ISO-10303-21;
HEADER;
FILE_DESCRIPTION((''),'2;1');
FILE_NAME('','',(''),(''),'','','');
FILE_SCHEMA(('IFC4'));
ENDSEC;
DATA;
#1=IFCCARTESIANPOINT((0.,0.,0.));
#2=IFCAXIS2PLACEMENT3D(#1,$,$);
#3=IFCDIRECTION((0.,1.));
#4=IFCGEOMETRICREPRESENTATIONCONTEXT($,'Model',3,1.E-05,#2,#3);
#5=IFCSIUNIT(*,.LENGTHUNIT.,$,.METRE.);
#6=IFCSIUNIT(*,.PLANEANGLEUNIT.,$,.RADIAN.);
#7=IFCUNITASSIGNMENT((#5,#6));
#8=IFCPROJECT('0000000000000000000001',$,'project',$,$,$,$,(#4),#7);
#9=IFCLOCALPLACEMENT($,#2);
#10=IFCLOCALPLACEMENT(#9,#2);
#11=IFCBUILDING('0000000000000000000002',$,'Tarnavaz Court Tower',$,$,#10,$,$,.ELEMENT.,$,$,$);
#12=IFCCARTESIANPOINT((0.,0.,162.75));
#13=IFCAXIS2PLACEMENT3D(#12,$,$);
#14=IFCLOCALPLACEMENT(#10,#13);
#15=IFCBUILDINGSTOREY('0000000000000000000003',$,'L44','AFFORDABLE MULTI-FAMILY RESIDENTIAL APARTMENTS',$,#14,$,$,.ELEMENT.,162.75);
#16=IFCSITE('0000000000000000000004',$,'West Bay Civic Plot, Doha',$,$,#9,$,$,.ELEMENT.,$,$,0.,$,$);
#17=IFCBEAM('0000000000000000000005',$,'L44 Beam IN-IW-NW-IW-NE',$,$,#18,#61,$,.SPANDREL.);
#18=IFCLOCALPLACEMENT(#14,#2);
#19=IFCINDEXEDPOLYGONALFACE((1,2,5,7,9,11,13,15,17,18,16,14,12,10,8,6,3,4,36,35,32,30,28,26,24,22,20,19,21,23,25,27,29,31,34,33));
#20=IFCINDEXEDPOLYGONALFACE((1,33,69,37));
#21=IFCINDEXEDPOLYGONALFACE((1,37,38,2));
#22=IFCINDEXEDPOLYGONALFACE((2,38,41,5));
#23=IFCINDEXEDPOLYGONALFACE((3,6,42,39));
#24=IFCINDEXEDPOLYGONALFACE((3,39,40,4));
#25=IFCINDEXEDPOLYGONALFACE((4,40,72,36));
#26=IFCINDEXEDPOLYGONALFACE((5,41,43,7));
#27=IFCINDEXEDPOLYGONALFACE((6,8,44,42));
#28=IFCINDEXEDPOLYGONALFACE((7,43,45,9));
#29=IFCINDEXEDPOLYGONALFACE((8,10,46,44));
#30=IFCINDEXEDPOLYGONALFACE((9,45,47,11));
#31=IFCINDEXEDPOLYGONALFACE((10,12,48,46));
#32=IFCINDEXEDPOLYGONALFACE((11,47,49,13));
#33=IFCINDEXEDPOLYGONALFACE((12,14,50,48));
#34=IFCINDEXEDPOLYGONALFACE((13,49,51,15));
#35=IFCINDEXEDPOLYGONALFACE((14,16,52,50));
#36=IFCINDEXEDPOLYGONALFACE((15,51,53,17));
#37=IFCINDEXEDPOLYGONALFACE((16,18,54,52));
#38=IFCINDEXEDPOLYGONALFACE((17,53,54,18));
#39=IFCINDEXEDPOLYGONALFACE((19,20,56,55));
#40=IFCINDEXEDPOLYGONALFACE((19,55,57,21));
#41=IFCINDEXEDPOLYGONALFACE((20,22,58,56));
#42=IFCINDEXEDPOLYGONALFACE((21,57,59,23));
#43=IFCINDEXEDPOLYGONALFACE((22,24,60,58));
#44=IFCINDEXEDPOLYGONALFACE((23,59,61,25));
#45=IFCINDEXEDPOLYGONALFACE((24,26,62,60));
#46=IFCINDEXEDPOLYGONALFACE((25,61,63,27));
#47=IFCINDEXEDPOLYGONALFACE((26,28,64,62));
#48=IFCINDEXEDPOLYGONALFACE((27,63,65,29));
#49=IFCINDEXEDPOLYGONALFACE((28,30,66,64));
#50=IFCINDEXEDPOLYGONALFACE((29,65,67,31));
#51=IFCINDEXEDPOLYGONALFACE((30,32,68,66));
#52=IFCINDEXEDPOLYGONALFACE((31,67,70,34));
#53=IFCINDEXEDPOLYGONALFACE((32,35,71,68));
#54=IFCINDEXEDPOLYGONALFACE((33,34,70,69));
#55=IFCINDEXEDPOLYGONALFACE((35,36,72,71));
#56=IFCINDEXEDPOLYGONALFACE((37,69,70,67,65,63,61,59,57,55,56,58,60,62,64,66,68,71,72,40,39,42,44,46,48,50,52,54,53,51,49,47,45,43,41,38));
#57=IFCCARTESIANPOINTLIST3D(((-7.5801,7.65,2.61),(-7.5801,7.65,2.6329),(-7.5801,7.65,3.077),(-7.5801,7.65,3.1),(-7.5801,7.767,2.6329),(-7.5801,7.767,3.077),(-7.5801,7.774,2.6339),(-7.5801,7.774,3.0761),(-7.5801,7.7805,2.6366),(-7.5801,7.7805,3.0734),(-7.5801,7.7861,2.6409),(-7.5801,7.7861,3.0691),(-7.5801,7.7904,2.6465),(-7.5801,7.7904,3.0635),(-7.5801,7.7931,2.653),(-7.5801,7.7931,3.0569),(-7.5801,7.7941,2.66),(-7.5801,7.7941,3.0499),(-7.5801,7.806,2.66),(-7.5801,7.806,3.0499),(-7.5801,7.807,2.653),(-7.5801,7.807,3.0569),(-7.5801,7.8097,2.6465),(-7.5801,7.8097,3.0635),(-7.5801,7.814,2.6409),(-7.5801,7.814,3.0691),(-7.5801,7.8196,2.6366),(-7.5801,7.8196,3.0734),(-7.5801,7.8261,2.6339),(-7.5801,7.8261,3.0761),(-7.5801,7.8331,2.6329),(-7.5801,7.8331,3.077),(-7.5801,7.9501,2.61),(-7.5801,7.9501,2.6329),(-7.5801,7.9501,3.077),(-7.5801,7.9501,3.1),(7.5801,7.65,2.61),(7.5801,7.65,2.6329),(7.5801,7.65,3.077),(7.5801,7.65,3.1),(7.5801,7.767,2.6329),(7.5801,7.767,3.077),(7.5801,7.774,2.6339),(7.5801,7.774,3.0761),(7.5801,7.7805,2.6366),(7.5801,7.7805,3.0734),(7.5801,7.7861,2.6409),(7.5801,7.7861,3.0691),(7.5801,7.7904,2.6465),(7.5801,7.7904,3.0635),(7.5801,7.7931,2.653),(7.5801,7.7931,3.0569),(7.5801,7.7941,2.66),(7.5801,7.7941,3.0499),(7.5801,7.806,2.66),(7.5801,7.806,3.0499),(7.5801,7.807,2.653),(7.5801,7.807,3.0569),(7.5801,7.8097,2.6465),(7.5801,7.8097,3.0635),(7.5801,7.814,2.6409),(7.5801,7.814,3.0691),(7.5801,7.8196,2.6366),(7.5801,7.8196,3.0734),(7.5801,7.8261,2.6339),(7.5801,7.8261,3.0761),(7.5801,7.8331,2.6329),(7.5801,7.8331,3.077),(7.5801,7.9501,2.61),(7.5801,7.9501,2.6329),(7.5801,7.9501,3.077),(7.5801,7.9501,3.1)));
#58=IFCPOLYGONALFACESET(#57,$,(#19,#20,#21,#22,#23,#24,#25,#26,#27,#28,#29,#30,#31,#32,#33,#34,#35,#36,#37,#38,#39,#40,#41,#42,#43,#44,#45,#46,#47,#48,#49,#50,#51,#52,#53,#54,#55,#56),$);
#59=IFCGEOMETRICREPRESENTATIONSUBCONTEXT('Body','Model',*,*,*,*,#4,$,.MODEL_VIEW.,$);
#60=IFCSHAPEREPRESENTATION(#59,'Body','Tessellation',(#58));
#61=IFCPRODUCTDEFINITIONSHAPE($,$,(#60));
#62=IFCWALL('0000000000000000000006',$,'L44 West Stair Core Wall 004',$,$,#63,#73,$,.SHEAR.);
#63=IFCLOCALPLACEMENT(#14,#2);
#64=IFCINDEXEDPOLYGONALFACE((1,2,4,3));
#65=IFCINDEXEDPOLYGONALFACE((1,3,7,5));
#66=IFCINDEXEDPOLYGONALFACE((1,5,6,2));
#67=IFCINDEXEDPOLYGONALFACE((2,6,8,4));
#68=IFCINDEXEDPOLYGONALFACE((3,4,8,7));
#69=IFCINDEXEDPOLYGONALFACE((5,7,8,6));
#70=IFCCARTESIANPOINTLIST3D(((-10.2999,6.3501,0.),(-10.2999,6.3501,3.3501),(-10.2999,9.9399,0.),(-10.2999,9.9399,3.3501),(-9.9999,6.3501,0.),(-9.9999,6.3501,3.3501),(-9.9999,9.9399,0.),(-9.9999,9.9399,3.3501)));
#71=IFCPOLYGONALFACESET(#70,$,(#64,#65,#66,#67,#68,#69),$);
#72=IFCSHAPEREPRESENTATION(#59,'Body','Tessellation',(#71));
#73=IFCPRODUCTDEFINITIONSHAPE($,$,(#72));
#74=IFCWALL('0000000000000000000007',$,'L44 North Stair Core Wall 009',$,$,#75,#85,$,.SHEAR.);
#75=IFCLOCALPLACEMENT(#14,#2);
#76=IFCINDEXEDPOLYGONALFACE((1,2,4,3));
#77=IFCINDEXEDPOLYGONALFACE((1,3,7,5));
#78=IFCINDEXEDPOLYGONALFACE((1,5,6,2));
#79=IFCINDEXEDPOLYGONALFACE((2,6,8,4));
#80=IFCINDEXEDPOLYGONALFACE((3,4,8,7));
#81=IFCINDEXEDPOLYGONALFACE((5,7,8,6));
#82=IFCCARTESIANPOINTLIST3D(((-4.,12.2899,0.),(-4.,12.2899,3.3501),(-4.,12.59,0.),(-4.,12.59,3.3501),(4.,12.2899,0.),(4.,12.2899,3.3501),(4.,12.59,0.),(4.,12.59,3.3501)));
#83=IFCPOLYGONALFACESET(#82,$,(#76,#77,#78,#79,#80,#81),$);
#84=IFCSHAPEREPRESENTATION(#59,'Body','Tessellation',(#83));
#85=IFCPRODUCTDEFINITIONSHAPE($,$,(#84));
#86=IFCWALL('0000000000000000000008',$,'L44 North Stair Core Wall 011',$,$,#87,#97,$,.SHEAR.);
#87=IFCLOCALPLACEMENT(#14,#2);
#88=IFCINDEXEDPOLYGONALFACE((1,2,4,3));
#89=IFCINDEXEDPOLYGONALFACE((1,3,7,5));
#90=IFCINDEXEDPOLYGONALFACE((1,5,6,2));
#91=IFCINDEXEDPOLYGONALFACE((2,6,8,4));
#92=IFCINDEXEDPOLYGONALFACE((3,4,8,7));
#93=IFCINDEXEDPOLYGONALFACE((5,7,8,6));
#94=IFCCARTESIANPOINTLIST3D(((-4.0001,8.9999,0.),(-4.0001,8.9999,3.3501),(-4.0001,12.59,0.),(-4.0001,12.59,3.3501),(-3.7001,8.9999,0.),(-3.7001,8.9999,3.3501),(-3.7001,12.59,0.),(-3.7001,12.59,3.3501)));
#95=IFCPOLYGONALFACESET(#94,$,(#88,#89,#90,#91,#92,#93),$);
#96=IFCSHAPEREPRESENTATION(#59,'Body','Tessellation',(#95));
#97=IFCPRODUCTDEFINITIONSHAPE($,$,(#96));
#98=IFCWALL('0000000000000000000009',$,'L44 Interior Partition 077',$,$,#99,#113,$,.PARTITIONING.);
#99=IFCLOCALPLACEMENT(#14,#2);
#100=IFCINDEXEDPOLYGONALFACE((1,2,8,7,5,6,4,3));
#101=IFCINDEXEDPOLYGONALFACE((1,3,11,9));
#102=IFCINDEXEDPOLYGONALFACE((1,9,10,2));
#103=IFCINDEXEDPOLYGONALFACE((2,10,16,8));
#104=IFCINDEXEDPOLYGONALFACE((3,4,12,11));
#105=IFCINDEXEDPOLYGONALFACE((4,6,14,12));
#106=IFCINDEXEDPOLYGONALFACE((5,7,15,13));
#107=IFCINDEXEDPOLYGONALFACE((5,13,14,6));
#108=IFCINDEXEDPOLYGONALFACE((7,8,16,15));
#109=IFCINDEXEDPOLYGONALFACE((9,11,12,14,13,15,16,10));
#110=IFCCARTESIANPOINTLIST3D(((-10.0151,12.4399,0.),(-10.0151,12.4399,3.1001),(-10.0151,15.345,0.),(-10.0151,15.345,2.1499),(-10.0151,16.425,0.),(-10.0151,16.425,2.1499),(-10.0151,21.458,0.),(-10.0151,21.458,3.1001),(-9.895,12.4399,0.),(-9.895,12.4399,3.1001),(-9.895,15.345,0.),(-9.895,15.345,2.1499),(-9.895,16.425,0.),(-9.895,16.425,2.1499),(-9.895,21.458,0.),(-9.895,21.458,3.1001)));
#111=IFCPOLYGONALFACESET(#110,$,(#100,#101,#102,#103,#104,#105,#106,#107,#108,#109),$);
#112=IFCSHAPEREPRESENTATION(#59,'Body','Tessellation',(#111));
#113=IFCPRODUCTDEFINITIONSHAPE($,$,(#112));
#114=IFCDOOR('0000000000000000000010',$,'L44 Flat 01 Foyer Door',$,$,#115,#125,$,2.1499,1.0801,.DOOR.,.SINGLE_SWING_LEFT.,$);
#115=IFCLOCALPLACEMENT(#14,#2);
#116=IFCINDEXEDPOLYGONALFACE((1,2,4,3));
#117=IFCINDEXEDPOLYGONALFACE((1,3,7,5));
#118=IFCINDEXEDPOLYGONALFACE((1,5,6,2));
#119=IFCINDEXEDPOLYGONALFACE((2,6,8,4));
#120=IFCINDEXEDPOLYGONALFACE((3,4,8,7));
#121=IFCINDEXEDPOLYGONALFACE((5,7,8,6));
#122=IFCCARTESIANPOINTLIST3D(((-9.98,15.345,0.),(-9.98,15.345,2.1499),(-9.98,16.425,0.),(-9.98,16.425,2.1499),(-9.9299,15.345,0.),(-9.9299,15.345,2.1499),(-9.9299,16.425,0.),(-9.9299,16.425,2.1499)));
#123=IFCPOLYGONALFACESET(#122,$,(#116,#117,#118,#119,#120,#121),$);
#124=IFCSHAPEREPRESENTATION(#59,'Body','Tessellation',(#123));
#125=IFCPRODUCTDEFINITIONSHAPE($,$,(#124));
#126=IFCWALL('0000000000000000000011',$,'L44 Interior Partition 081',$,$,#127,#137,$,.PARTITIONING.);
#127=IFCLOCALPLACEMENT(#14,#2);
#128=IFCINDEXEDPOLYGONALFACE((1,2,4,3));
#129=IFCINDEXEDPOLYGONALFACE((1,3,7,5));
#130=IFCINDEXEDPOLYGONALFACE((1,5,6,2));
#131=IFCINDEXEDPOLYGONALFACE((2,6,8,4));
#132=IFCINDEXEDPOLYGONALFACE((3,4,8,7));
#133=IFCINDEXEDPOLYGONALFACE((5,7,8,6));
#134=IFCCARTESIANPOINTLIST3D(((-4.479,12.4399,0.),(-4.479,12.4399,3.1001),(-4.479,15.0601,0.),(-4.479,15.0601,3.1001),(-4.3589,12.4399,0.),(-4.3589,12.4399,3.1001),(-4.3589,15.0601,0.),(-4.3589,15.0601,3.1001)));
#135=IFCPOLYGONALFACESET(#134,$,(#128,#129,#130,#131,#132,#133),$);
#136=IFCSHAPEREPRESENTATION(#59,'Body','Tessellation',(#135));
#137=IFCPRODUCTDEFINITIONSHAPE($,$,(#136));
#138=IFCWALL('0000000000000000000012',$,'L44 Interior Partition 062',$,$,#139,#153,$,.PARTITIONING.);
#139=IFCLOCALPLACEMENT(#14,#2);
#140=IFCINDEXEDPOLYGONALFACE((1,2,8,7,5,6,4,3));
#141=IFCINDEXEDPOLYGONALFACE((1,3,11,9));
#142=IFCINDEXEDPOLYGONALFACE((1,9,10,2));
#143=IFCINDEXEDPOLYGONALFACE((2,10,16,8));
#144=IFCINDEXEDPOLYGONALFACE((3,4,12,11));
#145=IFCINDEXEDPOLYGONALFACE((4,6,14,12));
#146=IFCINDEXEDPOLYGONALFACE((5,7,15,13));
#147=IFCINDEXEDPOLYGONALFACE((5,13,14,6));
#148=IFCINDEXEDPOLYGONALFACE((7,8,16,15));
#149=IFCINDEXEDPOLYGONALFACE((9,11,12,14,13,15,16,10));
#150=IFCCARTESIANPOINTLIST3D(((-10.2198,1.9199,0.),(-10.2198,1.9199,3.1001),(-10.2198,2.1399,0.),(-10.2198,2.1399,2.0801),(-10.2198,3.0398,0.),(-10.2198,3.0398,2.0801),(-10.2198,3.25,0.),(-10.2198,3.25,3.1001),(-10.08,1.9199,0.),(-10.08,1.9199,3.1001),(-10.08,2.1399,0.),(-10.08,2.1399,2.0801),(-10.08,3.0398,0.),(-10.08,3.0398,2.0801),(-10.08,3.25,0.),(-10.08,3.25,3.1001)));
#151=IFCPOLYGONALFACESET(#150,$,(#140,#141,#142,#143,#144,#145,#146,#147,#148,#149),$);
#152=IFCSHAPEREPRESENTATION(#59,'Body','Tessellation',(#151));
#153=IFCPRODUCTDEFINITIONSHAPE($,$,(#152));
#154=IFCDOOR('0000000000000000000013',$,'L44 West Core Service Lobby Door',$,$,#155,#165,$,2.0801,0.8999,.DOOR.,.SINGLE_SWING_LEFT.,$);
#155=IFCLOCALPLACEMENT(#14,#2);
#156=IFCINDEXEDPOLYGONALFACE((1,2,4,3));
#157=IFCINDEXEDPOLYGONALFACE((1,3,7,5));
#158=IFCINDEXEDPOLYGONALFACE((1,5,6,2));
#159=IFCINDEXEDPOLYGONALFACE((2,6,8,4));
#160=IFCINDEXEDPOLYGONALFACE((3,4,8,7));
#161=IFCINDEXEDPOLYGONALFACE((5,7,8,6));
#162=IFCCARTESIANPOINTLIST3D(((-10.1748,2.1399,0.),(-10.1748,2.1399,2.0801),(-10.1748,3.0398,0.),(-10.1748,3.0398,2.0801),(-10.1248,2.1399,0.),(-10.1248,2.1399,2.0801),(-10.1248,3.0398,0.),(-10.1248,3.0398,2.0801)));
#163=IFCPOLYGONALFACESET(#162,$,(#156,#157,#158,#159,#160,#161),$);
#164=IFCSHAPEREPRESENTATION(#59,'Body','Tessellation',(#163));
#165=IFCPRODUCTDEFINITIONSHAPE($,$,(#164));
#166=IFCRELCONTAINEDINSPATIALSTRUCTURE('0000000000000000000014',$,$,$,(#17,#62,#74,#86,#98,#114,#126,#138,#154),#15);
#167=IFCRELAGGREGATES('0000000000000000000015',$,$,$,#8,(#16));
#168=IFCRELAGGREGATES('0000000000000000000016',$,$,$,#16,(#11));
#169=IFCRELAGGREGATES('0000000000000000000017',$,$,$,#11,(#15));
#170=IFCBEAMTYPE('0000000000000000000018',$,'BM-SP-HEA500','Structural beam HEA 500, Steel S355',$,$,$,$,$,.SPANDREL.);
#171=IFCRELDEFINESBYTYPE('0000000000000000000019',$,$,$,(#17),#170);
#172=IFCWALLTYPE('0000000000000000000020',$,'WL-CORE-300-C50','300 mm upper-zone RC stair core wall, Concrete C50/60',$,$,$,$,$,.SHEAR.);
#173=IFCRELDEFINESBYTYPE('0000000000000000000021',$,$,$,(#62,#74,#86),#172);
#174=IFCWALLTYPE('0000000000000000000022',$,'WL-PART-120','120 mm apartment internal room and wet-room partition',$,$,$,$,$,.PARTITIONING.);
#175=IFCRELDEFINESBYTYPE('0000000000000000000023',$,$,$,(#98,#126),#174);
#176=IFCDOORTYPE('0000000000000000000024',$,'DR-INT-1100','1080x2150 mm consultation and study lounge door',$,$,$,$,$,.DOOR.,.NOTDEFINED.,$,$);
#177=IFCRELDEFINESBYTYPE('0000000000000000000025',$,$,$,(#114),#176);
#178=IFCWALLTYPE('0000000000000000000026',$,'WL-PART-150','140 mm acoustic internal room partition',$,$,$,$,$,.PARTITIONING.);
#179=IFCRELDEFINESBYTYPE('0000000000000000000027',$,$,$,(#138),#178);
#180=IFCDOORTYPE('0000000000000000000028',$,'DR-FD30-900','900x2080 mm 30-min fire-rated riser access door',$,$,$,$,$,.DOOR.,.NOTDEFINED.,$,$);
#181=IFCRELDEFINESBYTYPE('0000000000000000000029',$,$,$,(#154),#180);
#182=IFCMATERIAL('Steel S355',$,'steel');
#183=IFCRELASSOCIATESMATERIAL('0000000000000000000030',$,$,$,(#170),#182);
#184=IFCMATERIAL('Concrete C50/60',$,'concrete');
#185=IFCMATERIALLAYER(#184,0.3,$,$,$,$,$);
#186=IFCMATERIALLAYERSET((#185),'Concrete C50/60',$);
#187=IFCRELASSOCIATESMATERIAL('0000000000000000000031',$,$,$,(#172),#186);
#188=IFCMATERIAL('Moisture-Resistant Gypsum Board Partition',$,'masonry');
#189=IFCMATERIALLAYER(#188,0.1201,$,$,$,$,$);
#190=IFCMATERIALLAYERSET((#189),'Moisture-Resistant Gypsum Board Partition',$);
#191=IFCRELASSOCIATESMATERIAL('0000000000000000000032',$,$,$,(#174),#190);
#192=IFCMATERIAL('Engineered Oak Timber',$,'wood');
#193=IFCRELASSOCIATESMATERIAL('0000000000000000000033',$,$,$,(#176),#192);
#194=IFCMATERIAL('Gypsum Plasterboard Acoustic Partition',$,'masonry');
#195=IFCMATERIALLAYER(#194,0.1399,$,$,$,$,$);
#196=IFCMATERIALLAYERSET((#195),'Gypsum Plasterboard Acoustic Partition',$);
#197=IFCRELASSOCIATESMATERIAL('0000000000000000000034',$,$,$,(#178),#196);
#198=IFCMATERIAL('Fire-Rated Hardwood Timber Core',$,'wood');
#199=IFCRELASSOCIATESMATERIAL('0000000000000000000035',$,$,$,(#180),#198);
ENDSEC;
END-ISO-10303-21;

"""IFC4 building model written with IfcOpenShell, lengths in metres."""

from ifc_helpers import new_model, si_unit, direction, frame, frame_2d, origin, origin_2d, place, context, subcontext, project, spatial, rectangle, i_section, extrude, material, layer, layer_set, material_profile, profile_set, type_object, element, fill, save


model = new_model("IFC4")

# Units and contexts
model_context = context("Model", 3, precision=1e-05, world=origin(), true_north=direction((0.0, 1.0)))
body_context = subcontext(model_context, "Body", "Model", "MODEL_VIEW")
ifc_project = project(units=[si_unit("LENGTHUNIT", "METRE"), si_unit("PLANEANGLEUNIT", "RADIAN")], contexts=[model_context])

# Site, building, storey
site_placement = place(None, origin())
site = spatial("IfcSite", under=ifc_project, at=site_placement, Name="West Bay Civic Plot, Doha", CompositionType="ELEMENT", RefElevation=0.0)
building_placement = place(site_placement, origin())
building = spatial("IfcBuilding", under=site, at=building_placement, Name="Tarnavaz Court Tower", CompositionType="ELEMENT")
storey_placement = place(building_placement, frame((0.0, 0.0, 162.75)))
storey = spatial("IfcBuildingStorey", under=building, at=storey_placement, Name="L44", Description="AFFORDABLE MULTI-FAMILY RESIDENTIAL APARTMENTS", CompositionType="ELEMENT", Elevation=162.75)

# Beam
ifc_material_1 = material(Name="Steel S355", Category="steel")
ifc_material_profile_1 = material_profile(ifc_material_1, i_section(OverallWidth=0.3, OverallDepth=0.49, WebThickness=0.012, FlangeThickness=0.0229, FilletRadius=0.0271, at=origin_2d()), Name="HEA 500")
ifc_profile_set_1 = profile_set([ifc_material_profile_1], Name="Steel S355")
beam_type_1 = type_object("IfcBeamType", Name="BM-SP-HEA500", Description="Structural beam HEA 500, Steel S355", PredefinedType="SPANDREL", material=ifc_profile_set_1)
beam_1_placement = place(storey_placement, frame((-7.5801, 7.8, 2.855), z_axis=(1.0, 0.0, 0.0), x_axis=(0.0, 1.0, 0.0)))
element("IfcBeam", 1, at=beam_1_placement, inside=storey, type_object=beam_type_1, Name="L44 Beam IN-IW-NW-IW-NE", PredefinedType="SPANDREL", context=body_context, shape_type="SweptSolid", body=[
    extrude(i_section(OverallWidth=0.3, OverallDepth=0.49, WebThickness=0.012, FlangeThickness=0.0229, FilletRadius=0.0271, at=origin_2d()), origin(), (0.0, 0.0, 1.0), 15.1602),
])

# Walls
ifc_material_2 = material(Name="Concrete C50/60", Category="concrete")
ifc_layer_1 = layer(ifc_material_2, 0.3)
ifc_layer_set_1 = layer_set([ifc_layer_1], Name="Concrete C50/60")
wall_type_1 = type_object("IfcWallType", Name="WL-CORE-300-C50", Description="300 mm upper-zone RC stair core wall, Concrete C50/60", PredefinedType="SHEAR", material=ifc_layer_set_1)
wall_1_placement = place(storey_placement, frame((-10.1499, 6.3501, 0.0), z_axis=(0.0, 0.0, 1.0), x_axis=(0.0, 1.0, 0.0)))
element("IfcWall", 2, at=wall_1_placement, inside=storey, type_object=wall_type_1, Name="L44 West Stair Core Wall 004", PredefinedType="SHEAR", context=body_context, shape_type="SweptSolid", body=[
    extrude(rectangle(XDim=3.5898, YDim=0.3, at=frame_2d((1.7949, 0.0))), origin(), (0.0, 0.0, 1.0), 3.3501),
])
wall_2_placement = place(storey_placement, frame((-4.0, 12.4399, 0.0), z_axis=(0.0, 0.0, 1.0), x_axis=(1.0, 0.0, 0.0)))
element("IfcWall", 3, at=wall_2_placement, inside=storey, type_object=wall_type_1, Name="L44 North Stair Core Wall 009", PredefinedType="SHEAR", context=body_context, shape_type="SweptSolid", body=[
    extrude(rectangle(XDim=8.0, YDim=0.3, at=frame_2d((4.0, 0.0))), origin(), (0.0, 0.0, 1.0), 3.3501),
])

# Shared definitions
ifc_material_3 = material(Name="Fire-Rated Hardwood Timber Core", Category="wood")

# Wall
wall_3_placement = place(storey_placement, frame((-3.8501, 9.0, 0.0), z_axis=(0.0, 0.0, 1.0), x_axis=(0.0, 1.0, 0.0)))
element("IfcWall", 4, at=wall_3_placement, inside=storey, type_object=wall_type_1, Name="L44 North Stair Core Wall 011", PredefinedType="SHEAR", context=body_context, shape_type="SweptSolid", body=[
    extrude(rectangle(XDim=3.5901, YDim=0.3, at=frame_2d((1.7949, 0.0))), origin(), (0.0, 0.0, 1.0), 3.3501),
])

# Wall, opening, door
ifc_material_4 = material(Name="Moisture-Resistant Gypsum Board Partition", Category="masonry")
ifc_layer_2 = layer(ifc_material_4, 0.1201)
ifc_layer_set_2 = layer_set([ifc_layer_2], Name="Moisture-Resistant Gypsum Board Partition")
wall_type_2 = type_object("IfcWallType", Name="WL-PART-120", Description="120 mm apartment internal room and wet-room partition", PredefinedType="PARTITIONING", material=ifc_layer_set_2)
wall_4_placement = place(storey_placement, frame((-9.9551, 12.4399, 0.0), z_axis=(0.0, 0.0, 1.0), x_axis=(0.0, 1.0, 0.0)))
wall_4 = element("IfcWall", 5, at=wall_4_placement, inside=storey, type_object=wall_type_2, Name="L44 Interior Partition 077", PredefinedType="PARTITIONING", context=body_context, shape_type="SweptSolid", body=[
    extrude(rectangle(XDim=9.0181, YDim=0.1201, at=frame_2d((4.509, 0.0))), origin(), (0.0, 0.0, 1.0), 3.1001),
])
opening_1_placement = place(wall_4_placement, frame((2.905, 0.0, 0.0)))
opening_1 = element("IfcOpeningElement", 6, at=opening_1_placement, cuts=wall_4, PredefinedType="OPENING", context=body_context, shape_type="SweptSolid", body=[
    extrude(rectangle(XDim=1.0801, YDim=2.1499, at=frame_2d((0.54, 1.075))), frame((0.0, 0.0701, 0.0), z_axis=(0.0, -1.0, 0.0), x_axis=(1.0, 0.0, 0.0)), (0.0, 0.0, 1.0), 0.1401),
])
ifc_material_5 = material(Name="Engineered Oak Timber", Category="wood")
door_type_1 = type_object("IfcDoorType", Name="DR-INT-1100", Description="1080x2150 mm consultation and study lounge door", OperationType="NOTDEFINED", PredefinedType="DOOR", material=ifc_material_5)
door_1_placement = place(opening_1_placement, origin())
door_1 = element("IfcDoor", 7, at=door_1_placement, inside=storey, type_object=door_type_1, Name="L44 Flat 01 Foyer Door", OperationType="SINGLE_SWING_LEFT", OverallHeight=2.1499, OverallWidth=1.0801, PredefinedType="DOOR", context=body_context, shape_type="SweptSolid", body=[
    extrude(rectangle(XDim=1.0801, YDim=2.1499, at=frame_2d((0.54, 1.075))), frame((0.0, 0.0249, 0.0), z_axis=(0.0, -1.0, 0.0), x_axis=(1.0, 0.0, 0.0)), (0.0, 0.0, 1.0), 0.05),
])
fill(opening_1, door_1)

# Wall
wall_5_placement = place(storey_placement, frame((-4.4189, 12.4399, 0.0), z_axis=(0.0, 0.0, 1.0), x_axis=(0.0, 1.0, 0.0)))
element("IfcWall", 8, at=wall_5_placement, inside=storey, type_object=wall_type_2, Name="L44 Interior Partition 081", PredefinedType="PARTITIONING", context=body_context, shape_type="SweptSolid", body=[
    extrude(rectangle(XDim=2.6201, YDim=0.1201, at=frame_2d((1.3101, 0.0))), origin(), (0.0, 0.0, 1.0), 3.1001),
])

# Wall, opening, door
ifc_material_6 = material(Name="Gypsum Plasterboard Acoustic Partition", Category="masonry")
ifc_layer_3 = layer(ifc_material_6, 0.1399)
ifc_layer_set_3 = layer_set([ifc_layer_3], Name="Gypsum Plasterboard Acoustic Partition")
wall_type_3 = type_object("IfcWallType", Name="WL-PART-150", Description="140 mm acoustic internal room partition", PredefinedType="PARTITIONING", material=ifc_layer_set_3)
wall_6_placement = place(storey_placement, frame((-10.1499, 1.9199, 0.0), z_axis=(0.0, 0.0, 1.0), x_axis=(0.0, 1.0, 0.0)))
wall_6 = element("IfcWall", 9, at=wall_6_placement, inside=storey, type_object=wall_type_3, Name="L44 Interior Partition 062", PredefinedType="PARTITIONING", context=body_context, shape_type="SweptSolid", body=[
    extrude(rectangle(XDim=1.3301, YDim=0.1399, at=frame_2d((0.665, 0.0))), origin(), (0.0, 0.0, 1.0), 3.1001),
])
opening_2_placement = place(wall_6_placement, frame((0.22, 0.0, 0.0)))
opening_2 = element("IfcOpeningElement", 10, at=opening_2_placement, cuts=wall_6, PredefinedType="OPENING", context=body_context, shape_type="SweptSolid", body=[
    extrude(rectangle(XDim=0.8999, YDim=2.0801, at=frame_2d((0.45, 1.04))), frame((0.0, 0.0798, 0.0), z_axis=(0.0, -1.0, 0.0), x_axis=(1.0, 0.0, 0.0)), (0.0, 0.0, 1.0), 0.1599),
])
door_type_2 = type_object("IfcDoorType", Name="DR-FD30-900", Description="900x2080 mm 30-min fire-rated riser access door", OperationType="NOTDEFINED", PredefinedType="DOOR", material=ifc_material_3)
door_2_placement = place(opening_2_placement, origin())
door_2 = element("IfcDoor", 11, at=door_2_placement, inside=storey, type_object=door_type_2, Name="L44 West Core Service Lobby Door", OperationType="SINGLE_SWING_LEFT", OverallHeight=2.0801, OverallWidth=0.8999, PredefinedType="DOOR", context=body_context, shape_type="SweptSolid", body=[
    extrude(rectangle(XDim=0.8999, YDim=2.0801, at=frame_2d((0.45, 1.04))), frame((0.0, 0.0249, 0.0), z_axis=(0.0, -1.0, 0.0), x_axis=(1.0, 0.0, 0.0)), (0.0, 0.0, 1.0), 0.05),
])
fill(opening_2, door_2)

save(model, "model.ifc")
